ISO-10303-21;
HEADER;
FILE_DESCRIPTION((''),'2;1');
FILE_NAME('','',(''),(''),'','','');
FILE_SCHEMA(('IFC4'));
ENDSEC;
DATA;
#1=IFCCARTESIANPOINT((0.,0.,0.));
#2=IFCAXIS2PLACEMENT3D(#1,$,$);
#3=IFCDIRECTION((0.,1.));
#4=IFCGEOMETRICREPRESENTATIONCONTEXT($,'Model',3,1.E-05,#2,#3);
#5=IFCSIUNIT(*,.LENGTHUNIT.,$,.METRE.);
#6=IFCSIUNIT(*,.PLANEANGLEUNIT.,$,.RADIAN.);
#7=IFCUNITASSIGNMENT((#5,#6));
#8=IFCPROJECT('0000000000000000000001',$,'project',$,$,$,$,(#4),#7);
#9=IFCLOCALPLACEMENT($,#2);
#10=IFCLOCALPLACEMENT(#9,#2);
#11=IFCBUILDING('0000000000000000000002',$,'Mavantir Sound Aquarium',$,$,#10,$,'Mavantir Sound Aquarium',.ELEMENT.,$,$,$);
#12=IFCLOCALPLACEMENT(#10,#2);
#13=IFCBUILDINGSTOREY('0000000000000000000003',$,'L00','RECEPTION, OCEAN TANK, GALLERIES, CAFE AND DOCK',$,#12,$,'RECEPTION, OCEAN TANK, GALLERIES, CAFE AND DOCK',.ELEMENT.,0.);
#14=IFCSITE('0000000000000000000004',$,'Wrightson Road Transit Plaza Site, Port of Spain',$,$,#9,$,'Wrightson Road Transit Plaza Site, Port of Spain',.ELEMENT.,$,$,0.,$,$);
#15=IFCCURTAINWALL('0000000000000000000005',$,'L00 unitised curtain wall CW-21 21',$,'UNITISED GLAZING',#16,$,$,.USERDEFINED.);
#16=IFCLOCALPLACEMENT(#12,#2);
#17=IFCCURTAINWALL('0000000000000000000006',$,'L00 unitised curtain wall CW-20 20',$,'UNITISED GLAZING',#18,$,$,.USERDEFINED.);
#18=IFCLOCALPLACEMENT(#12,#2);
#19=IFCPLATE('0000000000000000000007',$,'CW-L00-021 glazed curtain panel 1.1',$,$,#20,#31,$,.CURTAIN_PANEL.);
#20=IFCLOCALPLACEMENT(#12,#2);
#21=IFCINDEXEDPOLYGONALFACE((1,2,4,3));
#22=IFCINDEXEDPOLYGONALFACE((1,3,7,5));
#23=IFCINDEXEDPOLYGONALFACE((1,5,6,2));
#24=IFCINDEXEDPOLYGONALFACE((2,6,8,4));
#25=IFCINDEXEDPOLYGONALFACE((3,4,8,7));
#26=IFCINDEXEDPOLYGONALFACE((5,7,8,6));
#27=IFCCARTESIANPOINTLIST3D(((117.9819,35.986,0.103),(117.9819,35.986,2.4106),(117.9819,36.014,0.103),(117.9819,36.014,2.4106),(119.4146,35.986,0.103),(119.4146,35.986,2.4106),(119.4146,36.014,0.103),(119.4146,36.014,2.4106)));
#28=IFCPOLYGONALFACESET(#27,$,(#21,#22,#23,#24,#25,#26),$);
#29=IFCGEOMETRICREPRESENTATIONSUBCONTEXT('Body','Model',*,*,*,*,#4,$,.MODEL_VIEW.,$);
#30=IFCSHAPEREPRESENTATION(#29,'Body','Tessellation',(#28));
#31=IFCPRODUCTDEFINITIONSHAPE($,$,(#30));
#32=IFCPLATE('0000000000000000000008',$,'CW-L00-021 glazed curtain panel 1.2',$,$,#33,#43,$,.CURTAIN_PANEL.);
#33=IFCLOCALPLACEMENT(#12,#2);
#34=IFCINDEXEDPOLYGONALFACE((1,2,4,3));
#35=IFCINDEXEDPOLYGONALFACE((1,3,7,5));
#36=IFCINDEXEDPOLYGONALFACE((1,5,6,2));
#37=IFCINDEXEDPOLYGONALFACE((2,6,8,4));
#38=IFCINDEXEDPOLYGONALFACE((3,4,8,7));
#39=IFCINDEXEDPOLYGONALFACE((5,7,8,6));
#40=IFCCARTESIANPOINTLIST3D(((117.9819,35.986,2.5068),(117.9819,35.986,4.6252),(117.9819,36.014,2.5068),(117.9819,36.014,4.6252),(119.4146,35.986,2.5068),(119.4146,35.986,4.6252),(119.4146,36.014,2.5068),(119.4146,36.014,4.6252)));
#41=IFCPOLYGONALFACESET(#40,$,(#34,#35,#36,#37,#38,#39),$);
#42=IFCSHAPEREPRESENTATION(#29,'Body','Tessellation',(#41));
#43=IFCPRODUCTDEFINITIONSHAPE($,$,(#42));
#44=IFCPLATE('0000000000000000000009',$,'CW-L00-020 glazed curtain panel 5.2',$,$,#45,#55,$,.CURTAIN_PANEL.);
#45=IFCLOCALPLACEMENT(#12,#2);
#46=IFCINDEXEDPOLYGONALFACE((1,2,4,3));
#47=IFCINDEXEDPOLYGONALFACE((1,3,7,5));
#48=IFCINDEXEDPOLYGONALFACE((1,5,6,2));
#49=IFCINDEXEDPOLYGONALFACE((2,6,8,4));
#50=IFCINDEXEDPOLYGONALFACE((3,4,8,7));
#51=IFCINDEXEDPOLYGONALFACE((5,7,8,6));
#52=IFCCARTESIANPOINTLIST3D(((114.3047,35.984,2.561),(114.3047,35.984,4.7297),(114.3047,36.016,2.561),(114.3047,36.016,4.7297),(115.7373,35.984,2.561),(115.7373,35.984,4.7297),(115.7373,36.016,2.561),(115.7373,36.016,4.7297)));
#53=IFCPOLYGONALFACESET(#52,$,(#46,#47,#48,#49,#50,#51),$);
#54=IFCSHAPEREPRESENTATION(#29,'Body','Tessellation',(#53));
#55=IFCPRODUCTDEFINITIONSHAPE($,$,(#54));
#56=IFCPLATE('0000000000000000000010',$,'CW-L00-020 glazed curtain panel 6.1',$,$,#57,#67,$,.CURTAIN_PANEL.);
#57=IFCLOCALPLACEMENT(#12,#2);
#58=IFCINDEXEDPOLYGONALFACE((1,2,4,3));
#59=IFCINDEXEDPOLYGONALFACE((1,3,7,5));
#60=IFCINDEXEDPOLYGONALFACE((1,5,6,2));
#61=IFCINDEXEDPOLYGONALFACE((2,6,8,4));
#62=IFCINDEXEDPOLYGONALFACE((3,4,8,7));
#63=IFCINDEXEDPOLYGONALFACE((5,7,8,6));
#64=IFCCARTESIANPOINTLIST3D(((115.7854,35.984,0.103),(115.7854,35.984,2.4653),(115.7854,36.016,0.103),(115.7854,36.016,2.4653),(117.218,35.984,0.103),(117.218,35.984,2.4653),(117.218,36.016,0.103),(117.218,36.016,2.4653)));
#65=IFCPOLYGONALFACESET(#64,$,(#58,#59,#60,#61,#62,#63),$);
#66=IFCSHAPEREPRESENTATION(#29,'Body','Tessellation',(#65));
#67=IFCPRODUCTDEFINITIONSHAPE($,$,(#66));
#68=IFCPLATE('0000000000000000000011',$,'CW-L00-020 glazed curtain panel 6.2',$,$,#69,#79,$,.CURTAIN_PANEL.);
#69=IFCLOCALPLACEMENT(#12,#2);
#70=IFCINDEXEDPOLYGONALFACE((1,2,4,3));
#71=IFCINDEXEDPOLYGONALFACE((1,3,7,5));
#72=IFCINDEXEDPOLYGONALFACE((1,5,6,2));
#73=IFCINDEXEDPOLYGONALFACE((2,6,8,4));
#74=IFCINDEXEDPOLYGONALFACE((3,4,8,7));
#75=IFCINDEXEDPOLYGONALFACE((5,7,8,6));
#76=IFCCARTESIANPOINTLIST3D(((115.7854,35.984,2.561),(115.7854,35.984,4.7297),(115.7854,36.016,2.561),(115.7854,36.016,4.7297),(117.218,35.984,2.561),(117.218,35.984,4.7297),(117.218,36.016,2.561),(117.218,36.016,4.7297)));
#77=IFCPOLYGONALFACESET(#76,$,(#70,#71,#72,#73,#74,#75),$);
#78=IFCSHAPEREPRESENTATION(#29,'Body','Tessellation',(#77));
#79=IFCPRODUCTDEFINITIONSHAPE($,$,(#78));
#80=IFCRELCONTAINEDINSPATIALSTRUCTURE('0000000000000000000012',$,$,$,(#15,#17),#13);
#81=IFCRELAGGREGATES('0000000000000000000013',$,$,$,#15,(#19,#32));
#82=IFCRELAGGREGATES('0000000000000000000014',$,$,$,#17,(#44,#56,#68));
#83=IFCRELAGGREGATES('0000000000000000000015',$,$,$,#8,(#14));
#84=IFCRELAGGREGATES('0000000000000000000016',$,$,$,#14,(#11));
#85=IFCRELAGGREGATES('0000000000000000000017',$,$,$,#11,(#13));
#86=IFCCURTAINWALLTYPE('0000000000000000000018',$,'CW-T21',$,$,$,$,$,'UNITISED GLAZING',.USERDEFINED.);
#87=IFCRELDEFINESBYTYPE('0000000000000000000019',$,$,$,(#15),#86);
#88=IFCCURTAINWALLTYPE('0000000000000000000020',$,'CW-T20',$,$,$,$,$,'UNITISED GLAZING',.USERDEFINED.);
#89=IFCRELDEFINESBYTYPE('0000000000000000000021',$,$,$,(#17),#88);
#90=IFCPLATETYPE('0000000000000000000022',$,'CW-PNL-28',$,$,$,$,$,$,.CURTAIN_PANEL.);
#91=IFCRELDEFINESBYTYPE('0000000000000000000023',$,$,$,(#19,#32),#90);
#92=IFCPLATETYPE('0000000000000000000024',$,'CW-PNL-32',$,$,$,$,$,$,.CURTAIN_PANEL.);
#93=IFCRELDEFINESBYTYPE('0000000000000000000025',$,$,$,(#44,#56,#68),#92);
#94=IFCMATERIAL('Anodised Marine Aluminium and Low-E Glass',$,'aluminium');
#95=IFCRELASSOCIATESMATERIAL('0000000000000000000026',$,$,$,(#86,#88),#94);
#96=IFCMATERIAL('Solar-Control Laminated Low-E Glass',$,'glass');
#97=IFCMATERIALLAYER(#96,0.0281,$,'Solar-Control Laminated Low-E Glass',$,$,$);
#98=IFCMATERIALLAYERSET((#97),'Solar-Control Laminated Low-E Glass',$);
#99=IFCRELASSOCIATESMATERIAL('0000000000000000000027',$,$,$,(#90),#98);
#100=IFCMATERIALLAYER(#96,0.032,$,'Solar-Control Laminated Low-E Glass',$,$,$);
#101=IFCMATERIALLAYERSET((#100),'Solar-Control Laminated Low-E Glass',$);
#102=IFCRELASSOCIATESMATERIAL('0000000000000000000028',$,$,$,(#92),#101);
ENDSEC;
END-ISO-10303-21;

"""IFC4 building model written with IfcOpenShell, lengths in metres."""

from ifc_helpers import new_model, si_unit, direction, frame, origin, origin_2d, place, context, subcontext, project, spatial, rectangle, extrude, material, layer, layer_set, type_object, element, aggregate, save


model = new_model("IFC4")

# Units and contexts
model_context = context("Model", 3, precision=1e-05, world=origin(), true_north=direction((0.0, 1.0)))
body_context = subcontext(model_context, "Body", "Model", "MODEL_VIEW")
ifc_project = project(units=[si_unit("LENGTHUNIT", "METRE"), si_unit("PLANEANGLEUNIT", "RADIAN")], contexts=[model_context])

# Site, building, storey
site_placement = place(None, origin())
site = spatial("IfcSite", under=ifc_project, at=site_placement, Name="Wrightson Road Transit Plaza Site, Port of Spain", LongName="Wrightson Road Transit Plaza Site, Port of Spain", CompositionType="ELEMENT", RefElevation=0.0)
building_placement = place(site_placement, origin())
building = spatial("IfcBuilding", under=site, at=building_placement, Name="Mavantir Sound Aquarium", LongName="Mavantir Sound Aquarium", CompositionType="ELEMENT")
storey_placement = place(building_placement, origin())
storey = spatial("IfcBuildingStorey", under=building, at=storey_placement, Name="L00", Description="RECEPTION, OCEAN TANK, GALLERIES, CAFE AND DOCK", LongName="RECEPTION, OCEAN TANK, GALLERIES, CAFE AND DOCK", CompositionType="ELEMENT", Elevation=0.0)

# Curtain walls
ifc_material_1 = material(Name="Anodised Marine Aluminium and Low-E Glass", Category="aluminium")
curtain_wall_type_1 = type_object("IfcCurtainWallType", Name="CW-T21", ElementType="UNITISED GLAZING", PredefinedType="USERDEFINED", material=ifc_material_1)
curtain_wall_1_placement = place(storey_placement, origin())
curtain_wall_1 = element("IfcCurtainWall", 1, at=curtain_wall_1_placement, inside=storey, type_object=curtain_wall_type_1, Name="L00 unitised curtain wall CW-21 21", ObjectType="UNITISED GLAZING", PredefinedType="USERDEFINED")
curtain_wall_type_2 = type_object("IfcCurtainWallType", Name="CW-T20", ElementType="UNITISED GLAZING", PredefinedType="USERDEFINED", material=ifc_material_1)
curtain_wall_2_placement = place(storey_placement, origin())
curtain_wall_2 = element("IfcCurtainWall", 2, at=curtain_wall_2_placement, inside=storey, type_object=curtain_wall_type_2, Name="L00 unitised curtain wall CW-20 20", ObjectType="UNITISED GLAZING", PredefinedType="USERDEFINED")

# Plates
ifc_material_2 = material(Name="Solar-Control Laminated Low-E Glass", Category="glass")
ifc_layer_1 = layer(ifc_material_2, 0.0281, Name="Solar-Control Laminated Low-E Glass")
ifc_layer_set_1 = layer_set([ifc_layer_1], Name="Solar-Control Laminated Low-E Glass")
plate_type_1 = type_object("IfcPlateType", Name="CW-PNL-28", PredefinedType="CURTAIN_PANEL", material=ifc_layer_set_1)
plate_1_placement = place(storey_placement, frame((118.6982, 36.0, 0.103), z_axis=(0.0, 0.0, 1.0), x_axis=(1.0, 0.0, 0.0)))
plate_1 = element("IfcPlate", 3, at=plate_1_placement, type_object=plate_type_1, Name="CW-L00-021 glazed curtain panel 1.1", PredefinedType="CURTAIN_PANEL", context=body_context, shape_type="SweptSolid", body=[
    extrude(rectangle(XDim=1.4326, YDim=0.0281, at=origin_2d()), origin(), (0.0, 0.0, 1.0), 2.3076),
])
plate_2_placement = place(storey_placement, frame((118.6982, 36.0, 2.5068), z_axis=(0.0, 0.0, 1.0), x_axis=(1.0, 0.0, 0.0)))
plate_2 = element("IfcPlate", 4, at=plate_2_placement, type_object=plate_type_1, Name="CW-L00-021 glazed curtain panel 1.2", PredefinedType="CURTAIN_PANEL", context=body_context, shape_type="SweptSolid", body=[
    extrude(rectangle(XDim=1.4326, YDim=0.0281, at=origin_2d()), origin(), (0.0, 0.0, 1.0), 2.1184),
])
aggregate(curtain_wall_1, [plate_1, plate_2])
ifc_layer_2 = layer(ifc_material_2, 0.032, Name="Solar-Control Laminated Low-E Glass")
ifc_layer_set_2 = layer_set([ifc_layer_2], Name="Solar-Control Laminated Low-E Glass")
plate_type_2 = type_object("IfcPlateType", Name="CW-PNL-32", PredefinedType="CURTAIN_PANEL", material=ifc_layer_set_2)
plate_3_placement = place(storey_placement, frame((115.021, 36.0, 2.561), z_axis=(0.0, 0.0, 1.0), x_axis=(1.0, 0.0, 0.0)))
plate_3 = element("IfcPlate", 5, at=plate_3_placement, type_object=plate_type_2, Name="CW-L00-020 glazed curtain panel 5.2", PredefinedType="CURTAIN_PANEL", context=body_context, shape_type="SweptSolid", body=[
    extrude(rectangle(XDim=1.4326, YDim=0.032, at=origin_2d()), origin(), (0.0, 0.0, 1.0), 2.1687),
])
plate_4_placement = place(storey_placement, frame((116.5017, 36.0, 0.103), z_axis=(0.0, 0.0, 1.0), x_axis=(1.0, 0.0, 0.0)))
plate_4 = element("IfcPlate", 6, at=plate_4_placement, type_object=plate_type_2, Name="CW-L00-020 glazed curtain panel 6.1", PredefinedType="CURTAIN_PANEL", context=body_context, shape_type="SweptSolid", body=[
    extrude(rectangle(XDim=1.4326, YDim=0.032, at=origin_2d()), origin(), (0.0, 0.0, 1.0), 2.3623),
])
plate_5_placement = place(storey_placement, frame((116.5017, 36.0, 2.561), z_axis=(0.0, 0.0, 1.0), x_axis=(1.0, 0.0, 0.0)))
plate_5 = element("IfcPlate", 7, at=plate_5_placement, type_object=plate_type_2, Name="CW-L00-020 glazed curtain panel 6.2", PredefinedType="CURTAIN_PANEL", context=body_context, shape_type="SweptSolid", body=[
    extrude(rectangle(XDim=1.4326, YDim=0.032, at=origin_2d()), origin(), (0.0, 0.0, 1.0), 2.1687),
])
aggregate(curtain_wall_2, [plate_3, plate_4, plate_5])

save(model, "model.ifc")
